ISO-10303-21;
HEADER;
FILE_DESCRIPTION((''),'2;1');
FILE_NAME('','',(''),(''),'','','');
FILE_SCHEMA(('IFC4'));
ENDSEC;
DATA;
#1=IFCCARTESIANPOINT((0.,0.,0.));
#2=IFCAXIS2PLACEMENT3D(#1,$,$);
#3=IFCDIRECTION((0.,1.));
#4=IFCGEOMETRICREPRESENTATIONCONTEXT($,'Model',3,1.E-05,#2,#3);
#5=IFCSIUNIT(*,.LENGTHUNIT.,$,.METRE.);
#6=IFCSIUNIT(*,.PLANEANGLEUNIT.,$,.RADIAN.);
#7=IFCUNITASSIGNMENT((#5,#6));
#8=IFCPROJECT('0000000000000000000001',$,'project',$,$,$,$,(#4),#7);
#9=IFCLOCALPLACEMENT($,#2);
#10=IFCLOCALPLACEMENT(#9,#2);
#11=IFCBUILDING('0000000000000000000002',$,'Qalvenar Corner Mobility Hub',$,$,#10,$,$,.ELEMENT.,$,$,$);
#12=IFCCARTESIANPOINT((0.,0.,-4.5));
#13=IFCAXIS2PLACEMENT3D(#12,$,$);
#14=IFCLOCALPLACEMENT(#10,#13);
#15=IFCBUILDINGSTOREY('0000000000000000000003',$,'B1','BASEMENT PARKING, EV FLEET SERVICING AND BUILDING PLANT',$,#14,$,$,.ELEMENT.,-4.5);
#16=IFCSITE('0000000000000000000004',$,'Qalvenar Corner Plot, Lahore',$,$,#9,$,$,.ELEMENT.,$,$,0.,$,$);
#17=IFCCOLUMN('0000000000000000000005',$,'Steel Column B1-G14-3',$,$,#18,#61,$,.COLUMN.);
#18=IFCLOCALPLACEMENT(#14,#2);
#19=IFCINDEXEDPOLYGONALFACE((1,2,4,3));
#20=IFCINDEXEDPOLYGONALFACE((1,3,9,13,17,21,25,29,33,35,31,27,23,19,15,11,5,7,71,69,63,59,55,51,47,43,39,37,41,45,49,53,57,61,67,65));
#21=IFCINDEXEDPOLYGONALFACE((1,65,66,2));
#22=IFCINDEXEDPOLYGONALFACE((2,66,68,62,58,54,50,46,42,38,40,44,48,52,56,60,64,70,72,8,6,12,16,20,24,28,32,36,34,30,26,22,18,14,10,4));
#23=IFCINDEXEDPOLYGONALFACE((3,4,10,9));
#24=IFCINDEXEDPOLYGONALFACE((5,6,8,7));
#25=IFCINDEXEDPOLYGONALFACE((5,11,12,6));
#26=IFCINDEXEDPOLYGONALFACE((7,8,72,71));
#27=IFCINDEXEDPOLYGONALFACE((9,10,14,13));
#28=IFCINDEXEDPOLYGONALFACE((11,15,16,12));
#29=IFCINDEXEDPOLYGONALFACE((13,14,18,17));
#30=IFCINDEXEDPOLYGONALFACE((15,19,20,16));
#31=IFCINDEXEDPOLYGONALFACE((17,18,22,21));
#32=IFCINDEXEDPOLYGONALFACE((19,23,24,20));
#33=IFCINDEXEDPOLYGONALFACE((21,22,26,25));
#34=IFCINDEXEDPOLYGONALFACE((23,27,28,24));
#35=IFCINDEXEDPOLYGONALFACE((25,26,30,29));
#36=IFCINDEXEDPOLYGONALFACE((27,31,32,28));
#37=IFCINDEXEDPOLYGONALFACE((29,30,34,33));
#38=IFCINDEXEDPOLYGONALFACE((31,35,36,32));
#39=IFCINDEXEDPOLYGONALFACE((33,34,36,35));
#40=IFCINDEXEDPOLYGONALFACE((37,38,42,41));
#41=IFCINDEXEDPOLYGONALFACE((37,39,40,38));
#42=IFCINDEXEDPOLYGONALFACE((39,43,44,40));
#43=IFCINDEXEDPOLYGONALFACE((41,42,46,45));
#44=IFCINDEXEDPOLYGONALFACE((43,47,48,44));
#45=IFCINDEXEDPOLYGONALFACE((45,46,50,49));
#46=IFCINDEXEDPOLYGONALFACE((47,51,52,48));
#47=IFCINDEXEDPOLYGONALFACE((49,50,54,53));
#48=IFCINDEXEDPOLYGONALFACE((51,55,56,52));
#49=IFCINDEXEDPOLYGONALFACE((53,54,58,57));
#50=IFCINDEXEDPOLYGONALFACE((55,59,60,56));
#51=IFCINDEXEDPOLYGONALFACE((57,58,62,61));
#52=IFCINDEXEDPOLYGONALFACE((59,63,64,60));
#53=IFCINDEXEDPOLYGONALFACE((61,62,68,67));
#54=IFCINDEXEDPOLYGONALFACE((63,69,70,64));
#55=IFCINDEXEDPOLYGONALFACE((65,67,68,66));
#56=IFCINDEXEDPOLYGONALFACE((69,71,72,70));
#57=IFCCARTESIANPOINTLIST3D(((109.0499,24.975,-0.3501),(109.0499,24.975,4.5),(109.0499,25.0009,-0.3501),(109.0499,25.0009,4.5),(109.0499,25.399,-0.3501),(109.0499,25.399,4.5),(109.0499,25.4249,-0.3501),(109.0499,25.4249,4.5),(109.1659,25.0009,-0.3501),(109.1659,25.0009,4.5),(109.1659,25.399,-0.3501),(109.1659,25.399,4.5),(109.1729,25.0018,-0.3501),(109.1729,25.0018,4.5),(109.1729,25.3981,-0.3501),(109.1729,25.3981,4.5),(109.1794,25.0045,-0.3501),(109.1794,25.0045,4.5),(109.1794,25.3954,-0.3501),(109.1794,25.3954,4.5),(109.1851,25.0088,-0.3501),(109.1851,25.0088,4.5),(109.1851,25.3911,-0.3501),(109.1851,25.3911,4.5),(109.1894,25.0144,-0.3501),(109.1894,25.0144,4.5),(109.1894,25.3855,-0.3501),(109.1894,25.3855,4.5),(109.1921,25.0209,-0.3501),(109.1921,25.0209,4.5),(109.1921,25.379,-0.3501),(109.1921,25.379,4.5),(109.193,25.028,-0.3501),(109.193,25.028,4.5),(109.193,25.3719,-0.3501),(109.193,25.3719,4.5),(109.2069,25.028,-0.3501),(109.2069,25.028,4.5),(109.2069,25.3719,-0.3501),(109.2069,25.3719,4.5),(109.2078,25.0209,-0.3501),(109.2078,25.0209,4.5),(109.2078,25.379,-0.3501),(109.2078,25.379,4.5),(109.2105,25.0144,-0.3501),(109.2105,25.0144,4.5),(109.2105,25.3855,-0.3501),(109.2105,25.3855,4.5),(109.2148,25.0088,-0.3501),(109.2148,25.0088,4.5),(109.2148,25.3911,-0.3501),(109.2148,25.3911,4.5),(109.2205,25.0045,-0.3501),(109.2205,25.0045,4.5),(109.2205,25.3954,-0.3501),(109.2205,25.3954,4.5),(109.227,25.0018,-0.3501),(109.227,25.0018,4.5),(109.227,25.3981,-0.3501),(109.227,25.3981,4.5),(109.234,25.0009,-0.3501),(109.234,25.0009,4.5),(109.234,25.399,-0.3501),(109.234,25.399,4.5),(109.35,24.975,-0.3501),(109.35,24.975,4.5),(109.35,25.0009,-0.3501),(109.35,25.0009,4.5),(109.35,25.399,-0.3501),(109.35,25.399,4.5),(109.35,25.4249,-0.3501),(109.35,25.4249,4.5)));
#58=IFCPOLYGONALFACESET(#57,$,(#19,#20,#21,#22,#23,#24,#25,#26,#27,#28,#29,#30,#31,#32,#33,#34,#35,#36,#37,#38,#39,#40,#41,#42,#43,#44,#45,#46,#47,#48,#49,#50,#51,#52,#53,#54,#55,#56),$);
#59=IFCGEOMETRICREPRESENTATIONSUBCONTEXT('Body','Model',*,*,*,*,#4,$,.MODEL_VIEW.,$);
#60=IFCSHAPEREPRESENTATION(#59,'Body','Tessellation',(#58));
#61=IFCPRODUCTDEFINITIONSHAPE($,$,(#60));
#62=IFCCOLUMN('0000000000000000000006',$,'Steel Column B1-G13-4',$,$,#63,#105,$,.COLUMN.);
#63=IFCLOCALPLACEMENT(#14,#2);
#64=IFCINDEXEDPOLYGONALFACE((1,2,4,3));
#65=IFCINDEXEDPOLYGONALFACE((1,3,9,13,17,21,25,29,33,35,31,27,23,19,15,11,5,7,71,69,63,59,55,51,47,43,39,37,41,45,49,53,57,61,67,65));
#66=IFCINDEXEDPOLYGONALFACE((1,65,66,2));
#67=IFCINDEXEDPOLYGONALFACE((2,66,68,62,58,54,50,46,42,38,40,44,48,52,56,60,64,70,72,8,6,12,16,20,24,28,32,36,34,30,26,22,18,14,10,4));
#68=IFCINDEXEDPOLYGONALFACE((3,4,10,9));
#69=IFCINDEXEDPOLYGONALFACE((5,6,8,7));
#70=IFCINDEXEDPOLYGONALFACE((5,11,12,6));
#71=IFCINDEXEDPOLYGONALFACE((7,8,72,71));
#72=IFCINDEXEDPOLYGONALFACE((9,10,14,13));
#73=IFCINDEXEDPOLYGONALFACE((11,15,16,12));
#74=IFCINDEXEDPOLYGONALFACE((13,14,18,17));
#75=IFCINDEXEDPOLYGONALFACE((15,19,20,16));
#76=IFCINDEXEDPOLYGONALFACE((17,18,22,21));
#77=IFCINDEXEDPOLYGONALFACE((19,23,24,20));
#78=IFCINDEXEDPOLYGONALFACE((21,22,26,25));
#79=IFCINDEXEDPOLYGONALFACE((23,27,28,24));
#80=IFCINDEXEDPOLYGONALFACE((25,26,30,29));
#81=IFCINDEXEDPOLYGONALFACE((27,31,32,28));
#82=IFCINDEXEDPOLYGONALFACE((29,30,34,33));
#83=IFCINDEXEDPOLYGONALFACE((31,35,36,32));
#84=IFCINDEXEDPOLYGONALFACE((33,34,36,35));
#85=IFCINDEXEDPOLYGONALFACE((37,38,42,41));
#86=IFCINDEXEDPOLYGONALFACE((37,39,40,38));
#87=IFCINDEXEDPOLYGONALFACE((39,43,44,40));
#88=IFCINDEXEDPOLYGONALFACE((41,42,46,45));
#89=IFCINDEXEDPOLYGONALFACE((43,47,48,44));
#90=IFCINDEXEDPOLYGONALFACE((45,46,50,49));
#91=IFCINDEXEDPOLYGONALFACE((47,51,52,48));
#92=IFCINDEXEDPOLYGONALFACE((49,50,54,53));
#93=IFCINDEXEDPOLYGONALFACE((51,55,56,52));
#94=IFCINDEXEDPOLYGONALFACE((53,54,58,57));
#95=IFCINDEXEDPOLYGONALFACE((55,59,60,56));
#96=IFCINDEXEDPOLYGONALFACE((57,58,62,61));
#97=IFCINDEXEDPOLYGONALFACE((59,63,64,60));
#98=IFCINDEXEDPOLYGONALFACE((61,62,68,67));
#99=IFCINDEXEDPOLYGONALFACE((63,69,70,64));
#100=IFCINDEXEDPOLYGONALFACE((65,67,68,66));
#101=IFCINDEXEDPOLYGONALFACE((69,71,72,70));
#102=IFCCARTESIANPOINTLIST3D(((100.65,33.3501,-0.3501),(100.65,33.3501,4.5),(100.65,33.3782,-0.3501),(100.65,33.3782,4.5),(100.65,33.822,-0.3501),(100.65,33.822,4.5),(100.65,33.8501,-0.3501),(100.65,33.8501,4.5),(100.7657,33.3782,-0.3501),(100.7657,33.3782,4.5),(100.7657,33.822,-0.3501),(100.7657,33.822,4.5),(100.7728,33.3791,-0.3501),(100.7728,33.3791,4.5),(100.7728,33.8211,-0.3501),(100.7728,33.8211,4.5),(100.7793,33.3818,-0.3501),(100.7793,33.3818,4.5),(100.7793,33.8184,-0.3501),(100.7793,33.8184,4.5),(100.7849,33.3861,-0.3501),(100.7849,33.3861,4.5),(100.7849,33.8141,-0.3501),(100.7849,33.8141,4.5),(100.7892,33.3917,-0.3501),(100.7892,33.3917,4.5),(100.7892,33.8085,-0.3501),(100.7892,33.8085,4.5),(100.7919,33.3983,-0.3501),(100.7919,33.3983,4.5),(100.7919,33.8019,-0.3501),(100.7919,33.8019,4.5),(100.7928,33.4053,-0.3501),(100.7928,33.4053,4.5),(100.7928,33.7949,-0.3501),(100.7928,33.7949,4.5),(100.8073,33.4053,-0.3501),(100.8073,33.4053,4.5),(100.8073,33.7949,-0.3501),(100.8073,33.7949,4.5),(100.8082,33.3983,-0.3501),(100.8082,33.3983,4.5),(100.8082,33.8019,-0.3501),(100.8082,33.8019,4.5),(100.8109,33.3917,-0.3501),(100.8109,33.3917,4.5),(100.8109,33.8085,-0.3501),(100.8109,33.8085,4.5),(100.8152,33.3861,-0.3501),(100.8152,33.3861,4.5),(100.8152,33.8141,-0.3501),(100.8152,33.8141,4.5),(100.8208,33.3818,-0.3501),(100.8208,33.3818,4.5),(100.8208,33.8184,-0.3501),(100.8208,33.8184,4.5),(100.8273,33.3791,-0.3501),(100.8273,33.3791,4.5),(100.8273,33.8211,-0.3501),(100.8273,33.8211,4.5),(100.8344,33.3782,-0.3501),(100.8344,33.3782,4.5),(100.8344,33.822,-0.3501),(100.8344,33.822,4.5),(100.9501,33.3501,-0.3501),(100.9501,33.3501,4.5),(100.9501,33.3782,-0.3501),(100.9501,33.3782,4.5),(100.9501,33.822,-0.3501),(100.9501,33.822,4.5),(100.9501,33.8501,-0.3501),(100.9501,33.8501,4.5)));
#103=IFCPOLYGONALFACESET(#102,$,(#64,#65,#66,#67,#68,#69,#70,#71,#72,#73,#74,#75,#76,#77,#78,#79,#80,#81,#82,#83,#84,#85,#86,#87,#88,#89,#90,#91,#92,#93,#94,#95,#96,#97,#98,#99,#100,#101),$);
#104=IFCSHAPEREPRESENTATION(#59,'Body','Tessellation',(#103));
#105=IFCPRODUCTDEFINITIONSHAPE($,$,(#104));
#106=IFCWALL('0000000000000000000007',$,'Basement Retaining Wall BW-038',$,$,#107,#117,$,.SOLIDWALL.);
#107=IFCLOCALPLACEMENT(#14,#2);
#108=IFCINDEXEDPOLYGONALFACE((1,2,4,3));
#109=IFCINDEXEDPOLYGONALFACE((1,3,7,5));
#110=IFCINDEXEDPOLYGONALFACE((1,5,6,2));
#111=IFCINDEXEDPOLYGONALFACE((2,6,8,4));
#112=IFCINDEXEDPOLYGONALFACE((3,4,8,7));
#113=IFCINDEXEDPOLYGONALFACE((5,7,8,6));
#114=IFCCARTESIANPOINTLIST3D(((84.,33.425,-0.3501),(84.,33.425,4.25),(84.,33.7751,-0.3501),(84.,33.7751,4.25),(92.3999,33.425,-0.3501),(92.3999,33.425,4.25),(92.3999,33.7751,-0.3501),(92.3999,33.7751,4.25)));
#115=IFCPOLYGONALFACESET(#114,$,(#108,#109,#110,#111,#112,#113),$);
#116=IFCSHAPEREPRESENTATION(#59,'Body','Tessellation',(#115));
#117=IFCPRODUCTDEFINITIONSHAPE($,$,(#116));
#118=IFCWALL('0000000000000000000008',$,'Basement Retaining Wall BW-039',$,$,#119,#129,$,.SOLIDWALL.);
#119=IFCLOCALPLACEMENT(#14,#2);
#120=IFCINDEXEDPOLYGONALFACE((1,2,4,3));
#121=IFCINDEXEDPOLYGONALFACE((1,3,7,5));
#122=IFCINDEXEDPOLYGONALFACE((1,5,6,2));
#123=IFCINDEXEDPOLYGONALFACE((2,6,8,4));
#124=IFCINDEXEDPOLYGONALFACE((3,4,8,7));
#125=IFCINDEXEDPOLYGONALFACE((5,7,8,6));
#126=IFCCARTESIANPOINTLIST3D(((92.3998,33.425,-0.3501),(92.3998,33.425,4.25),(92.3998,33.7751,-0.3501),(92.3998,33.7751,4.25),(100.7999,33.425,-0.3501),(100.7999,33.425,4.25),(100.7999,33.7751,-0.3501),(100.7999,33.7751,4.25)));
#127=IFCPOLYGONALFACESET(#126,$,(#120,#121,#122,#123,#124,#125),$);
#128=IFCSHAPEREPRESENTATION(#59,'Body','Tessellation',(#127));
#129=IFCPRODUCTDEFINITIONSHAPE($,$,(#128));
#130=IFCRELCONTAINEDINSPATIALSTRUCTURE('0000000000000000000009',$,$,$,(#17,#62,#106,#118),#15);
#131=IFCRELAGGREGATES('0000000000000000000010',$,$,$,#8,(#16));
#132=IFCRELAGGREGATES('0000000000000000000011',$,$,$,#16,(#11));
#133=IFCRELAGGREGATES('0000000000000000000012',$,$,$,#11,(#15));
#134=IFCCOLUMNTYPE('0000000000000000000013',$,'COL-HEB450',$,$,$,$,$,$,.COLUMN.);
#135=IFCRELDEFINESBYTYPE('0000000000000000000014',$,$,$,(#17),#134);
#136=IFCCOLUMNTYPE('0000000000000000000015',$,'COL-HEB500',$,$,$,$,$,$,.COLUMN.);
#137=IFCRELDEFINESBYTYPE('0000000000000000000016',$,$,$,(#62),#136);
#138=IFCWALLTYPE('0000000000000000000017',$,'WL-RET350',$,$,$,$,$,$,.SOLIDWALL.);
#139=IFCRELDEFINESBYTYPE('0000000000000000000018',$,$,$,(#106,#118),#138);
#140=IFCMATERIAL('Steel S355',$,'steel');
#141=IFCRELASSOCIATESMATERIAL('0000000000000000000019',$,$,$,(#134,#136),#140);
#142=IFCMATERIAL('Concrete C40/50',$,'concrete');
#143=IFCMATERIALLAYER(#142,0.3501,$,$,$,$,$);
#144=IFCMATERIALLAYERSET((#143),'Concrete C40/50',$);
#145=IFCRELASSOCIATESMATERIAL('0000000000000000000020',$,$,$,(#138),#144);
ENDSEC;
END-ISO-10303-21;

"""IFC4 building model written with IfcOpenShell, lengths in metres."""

from ifc_helpers import new_model, si_unit, direction, frame, frame_2d, origin, origin_2d, place, context, subcontext, project, spatial, rectangle, i_section, extrude, material, layer, layer_set, material_profile, profile_set, type_object, element, save


model = new_model("IFC4")

# Units and contexts
model_context = context("Model", 3, precision=1e-05, world=origin(), true_north=direction((0.0, 1.0)))
body_context = subcontext(model_context, "Body", "Model", "MODEL_VIEW")
ifc_project = project(units=[si_unit("LENGTHUNIT", "METRE"), si_unit("PLANEANGLEUNIT", "RADIAN")], contexts=[model_context])

# Site, building, storey
site_placement = place(None, origin())
site = spatial("IfcSite", under=ifc_project, at=site_placement, Name="Qalvenar Corner Plot, Lahore", CompositionType="ELEMENT", RefElevation=0.0)
building_placement = place(site_placement, origin())
building = spatial("IfcBuilding", under=site, at=building_placement, Name="Qalvenar Corner Mobility Hub", CompositionType="ELEMENT")
storey_placement = place(building_placement, frame((0.0, 0.0, -4.5)))
storey = spatial("IfcBuildingStorey", under=building, at=storey_placement, Name="B1", Description="BASEMENT PARKING, EV FLEET SERVICING AND BUILDING PLANT", CompositionType="ELEMENT", Elevation=-4.5)

# Shared definitions
ifc_material_1 = material(Name="Concrete C40/50", Category="concrete")

# Columns
ifc_material_2 = material(Name="Steel S355", Category="steel")
ifc_material_profile_1 = material_profile(ifc_material_2, i_section(OverallWidth=0.3, OverallDepth=0.45, WebThickness=0.0139, FlangeThickness=0.0259, FilletRadius=0.0271, at=origin_2d()), Name="HEB450")
ifc_profile_set_1 = profile_set([ifc_material_profile_1], Name="Steel S355")
column_type_1 = type_object("IfcColumnType", Name="COL-HEB450", PredefinedType="COLUMN", material=ifc_profile_set_1)
for number, where, z_axis, x_axis, name in (
    (1, (109.2, 25.2, -0.3501), (0.0, 0.0, 1.0), (1.0, 0.0, 0.0), "Steel Column B1-G14-3"),
):
    element("IfcColumn", number, at=place(storey_placement, frame(where, z_axis=z_axis, x_axis=x_axis)), inside=storey, type_object=column_type_1, Name=name, PredefinedType="COLUMN", context=body_context, shape_type="SweptSolid", body=[
        extrude(i_section(OverallWidth=0.3, OverallDepth=0.45, WebThickness=0.0139, FlangeThickness=0.0259, FilletRadius=0.0271, at=origin_2d()), origin(), (0.0, 0.0, 1.0), 4.8501),
    ])
ifc_material_profile_2 = material_profile(ifc_material_2, i_section(OverallWidth=0.3, OverallDepth=0.5, WebThickness=0.0144, FlangeThickness=0.0281, FilletRadius=0.0271, at=origin_2d()), Name="HEB500")
ifc_profile_set_2 = profile_set([ifc_material_profile_2], Name="Steel S355")
column_type_2 = type_object("IfcColumnType", Name="COL-HEB500", PredefinedType="COLUMN", material=ifc_profile_set_2)
column_placement = place(storey_placement, frame((100.8, 33.6001, -0.3501), z_axis=(0.0, 0.0, 1.0), x_axis=(1.0, 0.0, 0.0)))
element("IfcColumn", 2, at=column_placement, inside=storey, type_object=column_type_2, Name="Steel Column B1-G13-4", PredefinedType="COLUMN", context=body_context, shape_type="SweptSolid", body=[
    extrude(i_section(OverallWidth=0.3, OverallDepth=0.5, WebThickness=0.0144, FlangeThickness=0.0281, FilletRadius=0.0271, at=origin_2d()), origin(), (0.0, 0.0, 1.0), 4.8501),
])

# Walls
ifc_layer = layer(ifc_material_1, 0.3501)
ifc_layer_set = layer_set([ifc_layer], Name="Concrete C40/50")
wall_type = type_object("IfcWallType", Name="WL-RET350", PredefinedType="SOLIDWALL", material=ifc_layer_set)
wall_1_placement = place(storey_placement, frame((92.3999, 33.6001, -0.3501), z_axis=(0.0, 0.0, 1.0), x_axis=(-1.0, 0.0, 0.0)))
element("IfcWall", 3, at=wall_1_placement, inside=storey, type_object=wall_type, Name="Basement Retaining Wall BW-038", PredefinedType="SOLIDWALL", context=body_context, shape_type="SweptSolid", body=[
    extrude(rectangle(XDim=8.3999, YDim=0.3501, at=frame_2d((4.2, 0.0))), origin(), (0.0, 0.0, 1.0), 4.6001),
])
wall_2_placement = place(storey_placement, frame((100.8, 33.6001, -0.3501), z_axis=(0.0, 0.0, 1.0), x_axis=(-1.0, 0.0, 0.0)))
element("IfcWall", 4, at=wall_2_placement, inside=storey, type_object=wall_type, Name="Basement Retaining Wall BW-039", PredefinedType="SOLIDWALL", context=body_context, shape_type="SweptSolid", body=[
    extrude(rectangle(XDim=8.4001, YDim=0.3501, at=frame_2d((4.2002, 0.0))), origin(), (0.0, 0.0, 1.0), 4.6001),
])

save(model, "model.ifc")
